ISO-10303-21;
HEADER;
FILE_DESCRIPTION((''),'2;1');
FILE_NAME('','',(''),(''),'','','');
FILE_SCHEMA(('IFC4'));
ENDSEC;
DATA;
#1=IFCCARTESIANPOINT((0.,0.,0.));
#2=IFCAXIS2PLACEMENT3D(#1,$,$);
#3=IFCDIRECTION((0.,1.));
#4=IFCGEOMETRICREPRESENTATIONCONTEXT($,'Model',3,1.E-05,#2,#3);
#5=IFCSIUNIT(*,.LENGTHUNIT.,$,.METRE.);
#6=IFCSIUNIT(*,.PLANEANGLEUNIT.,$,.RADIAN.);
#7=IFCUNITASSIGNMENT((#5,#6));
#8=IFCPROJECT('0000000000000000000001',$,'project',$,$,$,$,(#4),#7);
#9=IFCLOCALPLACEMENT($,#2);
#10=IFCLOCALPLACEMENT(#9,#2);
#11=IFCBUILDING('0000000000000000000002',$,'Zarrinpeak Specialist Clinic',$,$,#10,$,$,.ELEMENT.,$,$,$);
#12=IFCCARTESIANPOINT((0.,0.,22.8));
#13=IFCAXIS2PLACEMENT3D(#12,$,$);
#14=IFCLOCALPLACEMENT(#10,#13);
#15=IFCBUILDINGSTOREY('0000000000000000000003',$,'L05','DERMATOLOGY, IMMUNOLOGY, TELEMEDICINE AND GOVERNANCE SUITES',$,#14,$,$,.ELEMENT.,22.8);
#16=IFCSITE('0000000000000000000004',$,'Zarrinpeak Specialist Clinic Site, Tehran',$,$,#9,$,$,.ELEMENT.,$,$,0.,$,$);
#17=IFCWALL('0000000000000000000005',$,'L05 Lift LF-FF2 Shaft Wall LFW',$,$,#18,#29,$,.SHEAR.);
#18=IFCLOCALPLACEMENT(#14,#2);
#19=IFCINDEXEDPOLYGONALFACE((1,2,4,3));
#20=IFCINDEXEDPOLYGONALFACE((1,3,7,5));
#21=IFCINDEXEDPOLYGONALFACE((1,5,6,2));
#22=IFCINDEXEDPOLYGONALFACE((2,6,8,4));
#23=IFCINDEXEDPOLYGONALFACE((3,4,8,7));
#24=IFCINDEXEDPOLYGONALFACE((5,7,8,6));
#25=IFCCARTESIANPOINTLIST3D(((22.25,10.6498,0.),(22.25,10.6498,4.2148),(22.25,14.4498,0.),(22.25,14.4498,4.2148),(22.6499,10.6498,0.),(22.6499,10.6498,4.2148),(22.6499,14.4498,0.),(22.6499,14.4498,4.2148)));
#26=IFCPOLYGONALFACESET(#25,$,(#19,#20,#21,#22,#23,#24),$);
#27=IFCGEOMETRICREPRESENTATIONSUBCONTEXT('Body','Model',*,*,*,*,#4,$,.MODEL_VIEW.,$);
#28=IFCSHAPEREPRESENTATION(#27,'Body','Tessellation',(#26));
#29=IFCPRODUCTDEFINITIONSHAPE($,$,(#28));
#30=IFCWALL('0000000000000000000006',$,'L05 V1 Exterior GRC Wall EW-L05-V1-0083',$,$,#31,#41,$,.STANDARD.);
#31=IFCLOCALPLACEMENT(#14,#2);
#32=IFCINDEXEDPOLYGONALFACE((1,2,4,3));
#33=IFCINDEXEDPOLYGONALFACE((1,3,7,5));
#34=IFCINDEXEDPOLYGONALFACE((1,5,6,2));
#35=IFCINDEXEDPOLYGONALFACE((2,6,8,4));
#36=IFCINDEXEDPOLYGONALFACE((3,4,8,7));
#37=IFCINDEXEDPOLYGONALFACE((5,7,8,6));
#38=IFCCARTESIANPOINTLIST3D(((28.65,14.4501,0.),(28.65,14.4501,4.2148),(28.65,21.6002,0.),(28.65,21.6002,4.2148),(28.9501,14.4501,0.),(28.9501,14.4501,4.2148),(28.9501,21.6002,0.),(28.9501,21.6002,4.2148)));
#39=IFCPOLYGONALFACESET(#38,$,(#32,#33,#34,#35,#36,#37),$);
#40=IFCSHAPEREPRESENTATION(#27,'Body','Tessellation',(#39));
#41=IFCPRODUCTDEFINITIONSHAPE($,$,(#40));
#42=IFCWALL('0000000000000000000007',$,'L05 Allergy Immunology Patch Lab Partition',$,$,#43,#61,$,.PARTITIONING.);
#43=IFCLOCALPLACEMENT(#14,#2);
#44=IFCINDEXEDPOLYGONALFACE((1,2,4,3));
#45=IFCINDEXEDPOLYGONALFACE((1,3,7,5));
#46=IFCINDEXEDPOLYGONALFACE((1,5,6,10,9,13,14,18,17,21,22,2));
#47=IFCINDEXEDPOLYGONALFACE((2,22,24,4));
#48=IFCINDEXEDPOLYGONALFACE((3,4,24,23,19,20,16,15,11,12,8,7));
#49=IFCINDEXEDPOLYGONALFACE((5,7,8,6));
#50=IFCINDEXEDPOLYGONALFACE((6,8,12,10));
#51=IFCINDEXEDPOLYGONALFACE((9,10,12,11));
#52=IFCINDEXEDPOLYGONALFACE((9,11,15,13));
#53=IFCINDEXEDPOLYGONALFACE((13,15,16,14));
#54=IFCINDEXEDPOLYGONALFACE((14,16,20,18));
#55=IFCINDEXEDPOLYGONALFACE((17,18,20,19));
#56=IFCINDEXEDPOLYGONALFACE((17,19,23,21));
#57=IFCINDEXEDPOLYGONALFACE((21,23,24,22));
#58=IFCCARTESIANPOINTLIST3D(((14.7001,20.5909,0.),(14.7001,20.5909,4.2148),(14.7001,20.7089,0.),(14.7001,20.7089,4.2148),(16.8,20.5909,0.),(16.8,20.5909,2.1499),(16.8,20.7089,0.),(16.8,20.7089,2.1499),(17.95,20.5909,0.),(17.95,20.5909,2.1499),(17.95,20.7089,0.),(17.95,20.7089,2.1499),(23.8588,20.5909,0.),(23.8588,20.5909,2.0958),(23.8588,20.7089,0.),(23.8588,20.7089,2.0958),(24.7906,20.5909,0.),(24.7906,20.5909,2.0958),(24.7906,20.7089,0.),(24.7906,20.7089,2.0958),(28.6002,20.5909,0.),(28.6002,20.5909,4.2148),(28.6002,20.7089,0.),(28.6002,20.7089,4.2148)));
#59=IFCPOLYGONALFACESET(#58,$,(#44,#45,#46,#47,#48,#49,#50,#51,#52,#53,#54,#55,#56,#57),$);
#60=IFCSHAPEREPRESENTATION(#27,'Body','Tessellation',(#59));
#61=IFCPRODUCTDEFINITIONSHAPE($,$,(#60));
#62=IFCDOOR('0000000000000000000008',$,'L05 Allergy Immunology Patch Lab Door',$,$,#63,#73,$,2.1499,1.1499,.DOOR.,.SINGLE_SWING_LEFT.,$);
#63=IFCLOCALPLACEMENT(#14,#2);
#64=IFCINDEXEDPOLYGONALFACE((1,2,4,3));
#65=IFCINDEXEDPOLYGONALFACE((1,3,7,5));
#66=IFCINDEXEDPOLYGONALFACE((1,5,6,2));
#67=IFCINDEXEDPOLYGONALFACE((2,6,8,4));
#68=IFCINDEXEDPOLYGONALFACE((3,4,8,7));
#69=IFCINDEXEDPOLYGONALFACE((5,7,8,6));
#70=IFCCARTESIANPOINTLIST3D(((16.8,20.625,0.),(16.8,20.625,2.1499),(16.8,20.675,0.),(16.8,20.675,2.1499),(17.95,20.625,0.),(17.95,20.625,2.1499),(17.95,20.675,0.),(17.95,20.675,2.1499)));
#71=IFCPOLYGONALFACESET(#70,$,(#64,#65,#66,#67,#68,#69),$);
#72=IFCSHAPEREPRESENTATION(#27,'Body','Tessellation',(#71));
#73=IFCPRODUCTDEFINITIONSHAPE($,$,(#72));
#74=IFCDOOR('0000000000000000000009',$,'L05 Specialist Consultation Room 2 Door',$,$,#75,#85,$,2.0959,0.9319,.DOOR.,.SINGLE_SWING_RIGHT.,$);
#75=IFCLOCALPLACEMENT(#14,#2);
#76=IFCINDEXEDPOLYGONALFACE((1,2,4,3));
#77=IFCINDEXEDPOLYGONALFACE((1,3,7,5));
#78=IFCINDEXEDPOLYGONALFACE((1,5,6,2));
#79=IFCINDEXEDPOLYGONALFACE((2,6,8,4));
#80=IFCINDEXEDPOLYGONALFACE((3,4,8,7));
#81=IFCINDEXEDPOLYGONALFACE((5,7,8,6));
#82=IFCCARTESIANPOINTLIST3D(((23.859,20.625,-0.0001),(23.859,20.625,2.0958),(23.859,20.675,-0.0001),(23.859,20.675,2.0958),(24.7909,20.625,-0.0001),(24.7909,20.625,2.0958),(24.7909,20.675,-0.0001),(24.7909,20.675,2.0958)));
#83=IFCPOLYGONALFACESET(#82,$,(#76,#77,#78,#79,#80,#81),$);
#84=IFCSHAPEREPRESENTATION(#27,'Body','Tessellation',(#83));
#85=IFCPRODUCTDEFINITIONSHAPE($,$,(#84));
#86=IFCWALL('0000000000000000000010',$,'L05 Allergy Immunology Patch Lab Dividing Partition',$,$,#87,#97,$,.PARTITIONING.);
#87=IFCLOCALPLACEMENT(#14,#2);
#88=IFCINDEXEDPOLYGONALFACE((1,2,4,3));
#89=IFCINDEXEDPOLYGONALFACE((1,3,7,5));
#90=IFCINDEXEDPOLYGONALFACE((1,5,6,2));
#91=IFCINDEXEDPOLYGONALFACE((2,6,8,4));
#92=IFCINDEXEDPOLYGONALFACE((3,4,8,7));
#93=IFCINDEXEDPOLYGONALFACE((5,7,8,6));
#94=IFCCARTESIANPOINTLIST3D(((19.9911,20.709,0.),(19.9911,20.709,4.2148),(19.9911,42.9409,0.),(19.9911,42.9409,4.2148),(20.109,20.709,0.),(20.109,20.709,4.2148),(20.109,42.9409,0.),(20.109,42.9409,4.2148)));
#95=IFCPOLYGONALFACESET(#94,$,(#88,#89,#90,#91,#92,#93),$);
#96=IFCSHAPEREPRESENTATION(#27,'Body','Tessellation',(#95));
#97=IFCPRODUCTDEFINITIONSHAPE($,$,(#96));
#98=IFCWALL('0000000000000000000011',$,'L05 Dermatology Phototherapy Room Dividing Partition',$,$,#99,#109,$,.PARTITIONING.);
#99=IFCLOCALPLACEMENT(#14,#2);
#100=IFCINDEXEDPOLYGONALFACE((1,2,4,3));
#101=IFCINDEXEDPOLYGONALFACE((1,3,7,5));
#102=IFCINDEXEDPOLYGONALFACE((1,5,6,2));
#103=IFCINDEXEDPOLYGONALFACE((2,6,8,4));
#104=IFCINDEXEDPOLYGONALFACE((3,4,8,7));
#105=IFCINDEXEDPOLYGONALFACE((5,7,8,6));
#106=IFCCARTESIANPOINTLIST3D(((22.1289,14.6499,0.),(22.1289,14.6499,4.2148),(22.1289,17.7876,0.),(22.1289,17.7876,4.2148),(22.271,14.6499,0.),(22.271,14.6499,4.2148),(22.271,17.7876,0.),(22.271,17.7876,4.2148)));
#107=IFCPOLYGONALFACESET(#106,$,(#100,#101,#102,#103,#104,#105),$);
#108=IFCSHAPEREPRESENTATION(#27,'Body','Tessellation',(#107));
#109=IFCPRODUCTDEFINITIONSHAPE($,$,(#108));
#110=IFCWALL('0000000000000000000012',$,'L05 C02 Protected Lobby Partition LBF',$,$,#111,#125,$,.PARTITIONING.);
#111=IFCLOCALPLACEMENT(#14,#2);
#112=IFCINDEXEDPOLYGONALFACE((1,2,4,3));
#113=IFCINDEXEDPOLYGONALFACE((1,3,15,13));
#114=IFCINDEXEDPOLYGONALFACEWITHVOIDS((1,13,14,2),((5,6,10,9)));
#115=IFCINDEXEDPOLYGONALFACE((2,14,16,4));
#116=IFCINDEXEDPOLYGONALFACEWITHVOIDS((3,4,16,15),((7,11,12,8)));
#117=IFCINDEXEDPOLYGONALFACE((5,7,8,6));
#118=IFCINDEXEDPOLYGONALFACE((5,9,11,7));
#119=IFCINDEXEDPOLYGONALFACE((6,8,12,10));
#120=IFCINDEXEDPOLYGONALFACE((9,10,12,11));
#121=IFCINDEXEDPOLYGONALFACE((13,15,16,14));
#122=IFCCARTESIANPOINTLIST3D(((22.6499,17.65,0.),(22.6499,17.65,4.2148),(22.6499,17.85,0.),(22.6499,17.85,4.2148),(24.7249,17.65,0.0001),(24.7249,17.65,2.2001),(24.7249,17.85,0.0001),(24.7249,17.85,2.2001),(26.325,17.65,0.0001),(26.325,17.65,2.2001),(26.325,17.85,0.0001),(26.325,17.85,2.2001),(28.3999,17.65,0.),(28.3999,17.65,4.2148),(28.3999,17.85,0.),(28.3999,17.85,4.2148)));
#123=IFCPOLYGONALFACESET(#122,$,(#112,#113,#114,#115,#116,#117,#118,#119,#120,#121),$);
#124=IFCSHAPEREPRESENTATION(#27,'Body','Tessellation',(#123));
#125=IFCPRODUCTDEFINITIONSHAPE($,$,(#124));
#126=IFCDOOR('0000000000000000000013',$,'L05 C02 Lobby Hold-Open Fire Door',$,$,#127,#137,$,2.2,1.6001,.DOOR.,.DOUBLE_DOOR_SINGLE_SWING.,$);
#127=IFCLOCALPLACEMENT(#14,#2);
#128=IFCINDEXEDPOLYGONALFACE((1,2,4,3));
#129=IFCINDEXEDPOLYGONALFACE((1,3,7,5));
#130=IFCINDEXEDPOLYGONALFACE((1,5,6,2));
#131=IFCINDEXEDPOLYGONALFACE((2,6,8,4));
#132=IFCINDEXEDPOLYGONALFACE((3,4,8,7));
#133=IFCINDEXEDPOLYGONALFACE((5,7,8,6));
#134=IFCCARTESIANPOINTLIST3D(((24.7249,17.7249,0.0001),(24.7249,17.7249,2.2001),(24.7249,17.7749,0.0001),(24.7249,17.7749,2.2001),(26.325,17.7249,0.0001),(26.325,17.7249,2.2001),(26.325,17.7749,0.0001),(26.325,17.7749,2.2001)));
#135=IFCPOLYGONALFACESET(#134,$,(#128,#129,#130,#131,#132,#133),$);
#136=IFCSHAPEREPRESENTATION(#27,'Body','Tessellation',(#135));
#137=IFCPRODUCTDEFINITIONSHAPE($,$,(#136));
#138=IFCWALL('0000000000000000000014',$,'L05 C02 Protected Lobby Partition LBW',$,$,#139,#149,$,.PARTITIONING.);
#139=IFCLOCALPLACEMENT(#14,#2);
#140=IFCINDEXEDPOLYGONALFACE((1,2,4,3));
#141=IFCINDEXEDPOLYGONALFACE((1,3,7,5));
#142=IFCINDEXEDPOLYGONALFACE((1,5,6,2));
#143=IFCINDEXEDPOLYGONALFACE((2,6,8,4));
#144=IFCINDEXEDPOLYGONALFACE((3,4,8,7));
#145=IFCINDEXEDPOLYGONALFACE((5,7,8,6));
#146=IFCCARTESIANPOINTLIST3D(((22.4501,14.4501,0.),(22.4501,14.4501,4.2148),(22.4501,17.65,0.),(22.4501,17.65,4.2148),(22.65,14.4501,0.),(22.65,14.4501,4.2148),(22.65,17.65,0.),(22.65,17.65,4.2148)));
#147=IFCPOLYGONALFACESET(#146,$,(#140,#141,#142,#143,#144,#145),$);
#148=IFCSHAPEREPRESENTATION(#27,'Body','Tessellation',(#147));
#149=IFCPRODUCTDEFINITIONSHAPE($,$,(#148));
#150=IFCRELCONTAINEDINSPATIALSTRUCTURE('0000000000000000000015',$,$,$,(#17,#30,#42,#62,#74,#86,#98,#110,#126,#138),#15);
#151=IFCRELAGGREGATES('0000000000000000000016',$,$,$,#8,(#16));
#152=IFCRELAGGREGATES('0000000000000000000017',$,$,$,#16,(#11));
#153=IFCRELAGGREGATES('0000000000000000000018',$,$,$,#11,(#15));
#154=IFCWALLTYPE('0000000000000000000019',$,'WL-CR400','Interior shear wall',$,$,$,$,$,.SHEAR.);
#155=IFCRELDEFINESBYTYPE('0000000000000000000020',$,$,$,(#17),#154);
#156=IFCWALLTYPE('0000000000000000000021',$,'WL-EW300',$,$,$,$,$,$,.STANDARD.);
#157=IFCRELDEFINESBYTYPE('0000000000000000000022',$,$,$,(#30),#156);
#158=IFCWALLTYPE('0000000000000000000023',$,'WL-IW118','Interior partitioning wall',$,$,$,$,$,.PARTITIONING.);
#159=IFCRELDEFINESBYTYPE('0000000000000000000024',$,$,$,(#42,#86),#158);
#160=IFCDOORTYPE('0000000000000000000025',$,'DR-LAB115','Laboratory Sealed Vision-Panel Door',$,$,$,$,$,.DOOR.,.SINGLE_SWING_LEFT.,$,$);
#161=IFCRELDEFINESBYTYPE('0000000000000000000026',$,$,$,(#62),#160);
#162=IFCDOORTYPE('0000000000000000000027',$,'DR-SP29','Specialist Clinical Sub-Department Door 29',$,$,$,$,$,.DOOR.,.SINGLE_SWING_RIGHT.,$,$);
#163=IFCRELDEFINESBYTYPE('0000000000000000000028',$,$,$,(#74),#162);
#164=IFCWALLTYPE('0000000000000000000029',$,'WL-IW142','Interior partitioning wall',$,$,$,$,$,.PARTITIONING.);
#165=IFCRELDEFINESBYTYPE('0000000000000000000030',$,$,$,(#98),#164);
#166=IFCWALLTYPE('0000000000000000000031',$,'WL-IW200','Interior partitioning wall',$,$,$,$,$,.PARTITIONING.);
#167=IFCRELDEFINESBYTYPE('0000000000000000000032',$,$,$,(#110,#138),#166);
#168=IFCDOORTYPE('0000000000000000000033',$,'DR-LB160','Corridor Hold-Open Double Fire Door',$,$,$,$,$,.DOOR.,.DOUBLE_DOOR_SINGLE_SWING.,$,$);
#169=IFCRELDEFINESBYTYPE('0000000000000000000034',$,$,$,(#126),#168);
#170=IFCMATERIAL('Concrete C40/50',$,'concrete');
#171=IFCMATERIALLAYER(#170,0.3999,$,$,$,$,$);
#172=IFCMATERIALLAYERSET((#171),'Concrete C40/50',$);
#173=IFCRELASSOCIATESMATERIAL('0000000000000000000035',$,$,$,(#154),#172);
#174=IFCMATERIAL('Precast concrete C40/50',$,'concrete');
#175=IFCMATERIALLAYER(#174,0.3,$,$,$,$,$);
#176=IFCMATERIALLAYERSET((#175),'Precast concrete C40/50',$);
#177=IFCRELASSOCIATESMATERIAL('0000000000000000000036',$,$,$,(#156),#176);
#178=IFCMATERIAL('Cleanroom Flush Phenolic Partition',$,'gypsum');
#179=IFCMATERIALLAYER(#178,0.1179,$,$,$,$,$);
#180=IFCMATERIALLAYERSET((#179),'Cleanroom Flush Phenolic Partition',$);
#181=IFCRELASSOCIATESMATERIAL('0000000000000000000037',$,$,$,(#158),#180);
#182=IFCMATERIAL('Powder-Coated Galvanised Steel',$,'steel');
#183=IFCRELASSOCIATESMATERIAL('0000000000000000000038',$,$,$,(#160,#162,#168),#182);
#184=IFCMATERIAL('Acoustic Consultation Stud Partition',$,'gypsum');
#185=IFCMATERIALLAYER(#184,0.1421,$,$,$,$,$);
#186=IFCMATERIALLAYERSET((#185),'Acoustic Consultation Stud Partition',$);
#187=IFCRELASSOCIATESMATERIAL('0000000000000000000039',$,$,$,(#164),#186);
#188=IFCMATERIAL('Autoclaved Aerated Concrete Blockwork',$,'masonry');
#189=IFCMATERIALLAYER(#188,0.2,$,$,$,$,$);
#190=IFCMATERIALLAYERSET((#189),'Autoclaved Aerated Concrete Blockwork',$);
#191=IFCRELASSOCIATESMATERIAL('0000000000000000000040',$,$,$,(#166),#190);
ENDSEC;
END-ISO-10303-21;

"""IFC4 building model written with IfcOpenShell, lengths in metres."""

from ifc_helpers import new_model, si_unit, direction, frame, frame_2d, origin, place, context, subcontext, project, spatial, rectangle, extrude, material, layer, layer_set, type_object, element, fill, save


model = new_model("IFC4")

# Units and contexts
model_context = context("Model", 3, precision=1e-05, world=origin(), true_north=direction((0.0, 1.0)))
body_context = subcontext(model_context, "Body", "Model", "MODEL_VIEW")
ifc_project = project(units=[si_unit("LENGTHUNIT", "METRE"), si_unit("PLANEANGLEUNIT", "RADIAN")], contexts=[model_context])

# Site, building, storey
site_placement = place(None, origin())
site = spatial("IfcSite", under=ifc_project, at=site_placement, Name="Zarrinpeak Specialist Clinic Site, Tehran", CompositionType="ELEMENT", RefElevation=0.0)
building_placement = place(site_placement, origin())
building = spatial("IfcBuilding", under=site, at=building_placement, Name="Zarrinpeak Specialist Clinic", CompositionType="ELEMENT")
storey_placement = place(building_placement, frame((0.0, 0.0, 22.8)))
storey = spatial("IfcBuildingStorey", under=building, at=storey_placement, Name="L05", Description="DERMATOLOGY, IMMUNOLOGY, TELEMEDICINE AND GOVERNANCE SUITES", CompositionType="ELEMENT", Elevation=22.8)

# Shared definitions
ifc_material_1 = material(Name="Concrete C40/50", Category="concrete")
ifc_layer_1 = layer(ifc_material_1, 0.3999)
ifc_layer_set_1 = layer_set([ifc_layer_1], Name="Concrete C40/50")
wall_type_1 = type_object("IfcWallType", Name="WL-CR400", Description="Interior shear wall", PredefinedType="SHEAR", material=ifc_layer_set_1)
ifc_material_2 = material(Name="Powder-Coated Galvanised Steel", Category="steel")

# Walls
wall_1_placement = place(storey_placement, frame((22.45, 10.6499, 0.0), z_axis=(0.0, 0.0, 1.0), x_axis=(0.0, 1.0, 0.0)))
element("IfcWall", 1, at=wall_1_placement, inside=storey, type_object=wall_type_1, Name="L05 Lift LF-FF2 Shaft Wall LFW", PredefinedType="SHEAR", context=body_context, shape_type="SweptSolid", body=[
    extrude(rectangle(XDim=3.8, YDim=0.3999, at=frame_2d((1.8999, 0.0))), origin(), (0.0, 0.0, 1.0), 4.2148),
])
ifc_material_3 = material(Name="Precast concrete C40/50", Category="concrete")
ifc_layer_2 = layer(ifc_material_3, 0.3)
ifc_layer_set_2 = layer_set([ifc_layer_2], Name="Precast concrete C40/50")
wall_type_2 = type_object("IfcWallType", Name="WL-EW300", PredefinedType="STANDARD", material=ifc_layer_set_2)
wall_2_placement = place(storey_placement, frame((28.8, 14.45, 0.0), z_axis=(0.0, 0.0, 1.0), x_axis=(0.0, 1.0, 0.0)))
element("IfcWall", 2, at=wall_2_placement, inside=storey, type_object=wall_type_2, Name="L05 V1 Exterior GRC Wall EW-L05-V1-0083", PredefinedType="STANDARD", context=body_context, shape_type="SweptSolid", body=[
    extrude(rectangle(XDim=7.1501, YDim=0.3, at=frame_2d((3.5752, 0.0))), origin(), (0.0, 0.0, 1.0), 4.2148),
])

# Wall, openings, doors
ifc_material_4 = material(Name="Cleanroom Flush Phenolic Partition", Category="gypsum")
ifc_layer_3 = layer(ifc_material_4, 0.1179)
ifc_layer_set_3 = layer_set([ifc_layer_3], Name="Cleanroom Flush Phenolic Partition")
wall_type_3 = type_object("IfcWallType", Name="WL-IW118", Description="Interior partitioning wall", PredefinedType="PARTITIONING", material=ifc_layer_set_3)
wall_3_placement = place(storey_placement, frame((14.7, 20.6499, 0.0), z_axis=(0.0, 0.0, 1.0), x_axis=(1.0, 0.0, 0.0)))
wall_3 = element("IfcWall", 3, at=wall_3_placement, inside=storey, type_object=wall_type_3, Name="L05 Allergy Immunology Patch Lab Partition", PredefinedType="PARTITIONING", context=body_context, shape_type="SweptSolid", body=[
    extrude(rectangle(XDim=13.9001, YDim=0.1179, at=frame_2d((6.9502, 0.0))), origin(), (0.0, 0.0, 1.0), 4.2148),
])
opening_1_placement = place(wall_3_placement, frame((2.1001, 0.0, 0.0)))
opening_1 = element("IfcOpeningElement", 4, at=opening_1_placement, cuts=wall_3, PredefinedType="OPENING", context=body_context, shape_type="SweptSolid", body=[
    extrude(rectangle(XDim=1.1499, YDim=2.1499, at=frame_2d((0.575, 1.075))), frame((0.0, 0.0688, 0.0), z_axis=(0.0, -1.0, 0.0), x_axis=(1.0, 0.0, 0.0)), (0.0, 0.0, 1.0), 0.1379),
])
opening_2_placement = place(wall_3_placement, frame((9.1589, 0.0, 0.0)))
opening_2 = element("IfcOpeningElement", 5, at=opening_2_placement, cuts=wall_3, PredefinedType="OPENING", context=body_context, shape_type="SweptSolid", body=[
    extrude(rectangle(XDim=0.9319, YDim=2.0959, at=frame_2d((0.4658, 1.0479))), frame((0.0, 0.0688, 0.0), z_axis=(0.0, -1.0, 0.0), x_axis=(1.0, 0.0, 0.0)), (0.0, 0.0, 1.0), 0.1379),
])
door_type_1 = type_object("IfcDoorType", Name="DR-LAB115", Description="Laboratory Sealed Vision-Panel Door", OperationType="SINGLE_SWING_LEFT", PredefinedType="DOOR", material=ifc_material_2)
door_1_placement = place(opening_1_placement, frame((1.1499, 0.0, 0.0), z_axis=(0.0, 0.0, 1.0), x_axis=(-1.0, 0.0, 0.0)))
door_1 = element("IfcDoor", 6, at=door_1_placement, inside=storey, type_object=door_type_1, Name="L05 Allergy Immunology Patch Lab Door", OperationType="SINGLE_SWING_LEFT", OverallHeight=2.1499, OverallWidth=1.1499, PredefinedType="DOOR", context=body_context, shape_type="SweptSolid", body=[
    extrude(rectangle(XDim=1.1499, YDim=2.1499, at=frame_2d((0.575, 1.075))), frame((0.0, 0.0249, 0.0), z_axis=(0.0, -1.0, 0.0), x_axis=(1.0, 0.0, 0.0)), (0.0, 0.0, 1.0), 0.05),
])
fill(opening_1, door_1)
door_type_2 = type_object("IfcDoorType", Name="DR-SP29", Description="Specialist Clinical Sub-Department Door 29", OperationType="SINGLE_SWING_RIGHT", PredefinedType="DOOR", material=ifc_material_2)
door_2_placement = place(opening_2_placement, frame((0.9319, 0.0, 0.0), z_axis=(0.0, 0.0, 1.0), x_axis=(-1.0, 0.0, 0.0)))
door_2 = element("IfcDoor", 7, at=door_2_placement, inside=storey, type_object=door_type_2, Name="L05 Specialist Consultation Room 2 Door", OperationType="SINGLE_SWING_RIGHT", OverallHeight=2.0959, OverallWidth=0.9319, PredefinedType="DOOR", context=body_context, shape_type="SweptSolid", body=[
    extrude(rectangle(XDim=0.9319, YDim=2.0959, at=frame_2d((0.4658, 1.0479))), frame((0.0, 0.0249, 0.0), z_axis=(0.0, -1.0, 0.0), x_axis=(1.0, 0.0, 0.0)), (0.0, 0.0, 1.0), 0.05),
])
fill(opening_2, door_2)

# Walls
wall_4_placement = place(storey_placement, frame((20.05, 20.709, 0.0), z_axis=(0.0, 0.0, 1.0), x_axis=(0.0, 1.0, 0.0)))
element("IfcWall", 8, at=wall_4_placement, inside=storey, type_object=wall_type_3, Name="L05 Allergy Immunology Patch Lab Dividing Partition", PredefinedType="PARTITIONING", context=body_context, shape_type="SweptSolid", body=[
    extrude(rectangle(XDim=22.2319, YDim=0.1179, at=frame_2d((11.116, 0.0))), origin(), (0.0, 0.0, 1.0), 4.2148),
])
ifc_material_5 = material(Name="Acoustic Consultation Stud Partition", Category="gypsum")
ifc_layer_4 = layer(ifc_material_5, 0.1421)
ifc_layer_set_4 = layer_set([ifc_layer_4], Name="Acoustic Consultation Stud Partition")
wall_type_4 = type_object("IfcWallType", Name="WL-IW142", Description="Interior partitioning wall", PredefinedType="PARTITIONING", material=ifc_layer_set_4)
wall_5_placement = place(storey_placement, frame((22.2, 14.6499, 0.0), z_axis=(0.0, 0.0, 1.0), x_axis=(0.0, 1.0, 0.0)))
element("IfcWall", 9, at=wall_5_placement, inside=storey, type_object=wall_type_4, Name="L05 Dermatology Phototherapy Room Dividing Partition", PredefinedType="PARTITIONING", context=body_context, shape_type="SweptSolid", body=[
    extrude(rectangle(XDim=3.1377, YDim=0.1421, at=frame_2d((1.5688, 0.0))), origin(), (0.0, 0.0, 1.0), 4.2148),
])

# Wall, opening, door
ifc_material_6 = material(Name="Autoclaved Aerated Concrete Blockwork", Category="masonry")
ifc_layer_5 = layer(ifc_material_6, 0.2)
ifc_layer_set_5 = layer_set([ifc_layer_5], Name="Autoclaved Aerated Concrete Blockwork")
wall_type_5 = type_object("IfcWallType", Name="WL-IW200", Description="Interior partitioning wall", PredefinedType="PARTITIONING", material=ifc_layer_set_5)
wall_6_placement = place(storey_placement, frame((22.6499, 17.75, 0.0), z_axis=(0.0, 0.0, 1.0), x_axis=(1.0, 0.0, 0.0)))
wall_6 = element("IfcWall", 10, at=wall_6_placement, inside=storey, type_object=wall_type_5, Name="L05 C02 Protected Lobby Partition LBF", PredefinedType="PARTITIONING", context=body_context, shape_type="SweptSolid", body=[
    extrude(rectangle(XDim=5.75, YDim=0.2, at=frame_2d((2.875, 0.0))), origin(), (0.0, 0.0, 1.0), 4.2148),
])
opening_3_placement = place(wall_6_placement, frame((2.075, 0.0, 0.0)))
opening_3 = element("IfcOpeningElement", 11, at=opening_3_placement, cuts=wall_6, PredefinedType="OPENING", context=body_context, shape_type="SweptSolid", body=[
    extrude(rectangle(XDim=1.6001, YDim=2.2, at=frame_2d((0.8, 1.1001))), frame((0.0, 0.1099, 0.0), z_axis=(0.0, -1.0, 0.0), x_axis=(1.0, 0.0, 0.0)), (0.0, 0.0, 1.0), 0.22),
])
door_type_3 = type_object("IfcDoorType", Name="DR-LB160", Description="Corridor Hold-Open Double Fire Door", OperationType="DOUBLE_DOOR_SINGLE_SWING", PredefinedType="DOOR", material=ifc_material_2)
door_3_placement = place(opening_3_placement, origin())
door_3 = element("IfcDoor", 12, at=door_3_placement, inside=storey, type_object=door_type_3, Name="L05 C02 Lobby Hold-Open Fire Door", OperationType="DOUBLE_DOOR_SINGLE_SWING", OverallHeight=2.2, OverallWidth=1.6001, PredefinedType="DOOR", context=body_context, shape_type="SweptSolid", body=[
    extrude(rectangle(XDim=1.6001, YDim=2.2, at=frame_2d((0.8, 1.1001))), frame((0.0, 0.0249, 0.0), z_axis=(0.0, -1.0, 0.0), x_axis=(1.0, 0.0, 0.0)), (0.0, 0.0, 1.0), 0.05),
])
fill(opening_3, door_3)

# Wall
wall_7_placement = place(storey_placement, frame((22.55, 14.45, 0.0), z_axis=(0.0, 0.0, 1.0), x_axis=(0.0, 1.0, 0.0)))
element("IfcWall", 13, at=wall_7_placement, inside=storey, type_object=wall_type_5, Name="L05 C02 Protected Lobby Partition LBW", PredefinedType="PARTITIONING", context=body_context, shape_type="SweptSolid", body=[
    extrude(rectangle(XDim=3.2, YDim=0.2, at=frame_2d((1.6001, 0.0))), origin(), (0.0, 0.0, 1.0), 4.2148),
])

save(model, "model.ifc")
